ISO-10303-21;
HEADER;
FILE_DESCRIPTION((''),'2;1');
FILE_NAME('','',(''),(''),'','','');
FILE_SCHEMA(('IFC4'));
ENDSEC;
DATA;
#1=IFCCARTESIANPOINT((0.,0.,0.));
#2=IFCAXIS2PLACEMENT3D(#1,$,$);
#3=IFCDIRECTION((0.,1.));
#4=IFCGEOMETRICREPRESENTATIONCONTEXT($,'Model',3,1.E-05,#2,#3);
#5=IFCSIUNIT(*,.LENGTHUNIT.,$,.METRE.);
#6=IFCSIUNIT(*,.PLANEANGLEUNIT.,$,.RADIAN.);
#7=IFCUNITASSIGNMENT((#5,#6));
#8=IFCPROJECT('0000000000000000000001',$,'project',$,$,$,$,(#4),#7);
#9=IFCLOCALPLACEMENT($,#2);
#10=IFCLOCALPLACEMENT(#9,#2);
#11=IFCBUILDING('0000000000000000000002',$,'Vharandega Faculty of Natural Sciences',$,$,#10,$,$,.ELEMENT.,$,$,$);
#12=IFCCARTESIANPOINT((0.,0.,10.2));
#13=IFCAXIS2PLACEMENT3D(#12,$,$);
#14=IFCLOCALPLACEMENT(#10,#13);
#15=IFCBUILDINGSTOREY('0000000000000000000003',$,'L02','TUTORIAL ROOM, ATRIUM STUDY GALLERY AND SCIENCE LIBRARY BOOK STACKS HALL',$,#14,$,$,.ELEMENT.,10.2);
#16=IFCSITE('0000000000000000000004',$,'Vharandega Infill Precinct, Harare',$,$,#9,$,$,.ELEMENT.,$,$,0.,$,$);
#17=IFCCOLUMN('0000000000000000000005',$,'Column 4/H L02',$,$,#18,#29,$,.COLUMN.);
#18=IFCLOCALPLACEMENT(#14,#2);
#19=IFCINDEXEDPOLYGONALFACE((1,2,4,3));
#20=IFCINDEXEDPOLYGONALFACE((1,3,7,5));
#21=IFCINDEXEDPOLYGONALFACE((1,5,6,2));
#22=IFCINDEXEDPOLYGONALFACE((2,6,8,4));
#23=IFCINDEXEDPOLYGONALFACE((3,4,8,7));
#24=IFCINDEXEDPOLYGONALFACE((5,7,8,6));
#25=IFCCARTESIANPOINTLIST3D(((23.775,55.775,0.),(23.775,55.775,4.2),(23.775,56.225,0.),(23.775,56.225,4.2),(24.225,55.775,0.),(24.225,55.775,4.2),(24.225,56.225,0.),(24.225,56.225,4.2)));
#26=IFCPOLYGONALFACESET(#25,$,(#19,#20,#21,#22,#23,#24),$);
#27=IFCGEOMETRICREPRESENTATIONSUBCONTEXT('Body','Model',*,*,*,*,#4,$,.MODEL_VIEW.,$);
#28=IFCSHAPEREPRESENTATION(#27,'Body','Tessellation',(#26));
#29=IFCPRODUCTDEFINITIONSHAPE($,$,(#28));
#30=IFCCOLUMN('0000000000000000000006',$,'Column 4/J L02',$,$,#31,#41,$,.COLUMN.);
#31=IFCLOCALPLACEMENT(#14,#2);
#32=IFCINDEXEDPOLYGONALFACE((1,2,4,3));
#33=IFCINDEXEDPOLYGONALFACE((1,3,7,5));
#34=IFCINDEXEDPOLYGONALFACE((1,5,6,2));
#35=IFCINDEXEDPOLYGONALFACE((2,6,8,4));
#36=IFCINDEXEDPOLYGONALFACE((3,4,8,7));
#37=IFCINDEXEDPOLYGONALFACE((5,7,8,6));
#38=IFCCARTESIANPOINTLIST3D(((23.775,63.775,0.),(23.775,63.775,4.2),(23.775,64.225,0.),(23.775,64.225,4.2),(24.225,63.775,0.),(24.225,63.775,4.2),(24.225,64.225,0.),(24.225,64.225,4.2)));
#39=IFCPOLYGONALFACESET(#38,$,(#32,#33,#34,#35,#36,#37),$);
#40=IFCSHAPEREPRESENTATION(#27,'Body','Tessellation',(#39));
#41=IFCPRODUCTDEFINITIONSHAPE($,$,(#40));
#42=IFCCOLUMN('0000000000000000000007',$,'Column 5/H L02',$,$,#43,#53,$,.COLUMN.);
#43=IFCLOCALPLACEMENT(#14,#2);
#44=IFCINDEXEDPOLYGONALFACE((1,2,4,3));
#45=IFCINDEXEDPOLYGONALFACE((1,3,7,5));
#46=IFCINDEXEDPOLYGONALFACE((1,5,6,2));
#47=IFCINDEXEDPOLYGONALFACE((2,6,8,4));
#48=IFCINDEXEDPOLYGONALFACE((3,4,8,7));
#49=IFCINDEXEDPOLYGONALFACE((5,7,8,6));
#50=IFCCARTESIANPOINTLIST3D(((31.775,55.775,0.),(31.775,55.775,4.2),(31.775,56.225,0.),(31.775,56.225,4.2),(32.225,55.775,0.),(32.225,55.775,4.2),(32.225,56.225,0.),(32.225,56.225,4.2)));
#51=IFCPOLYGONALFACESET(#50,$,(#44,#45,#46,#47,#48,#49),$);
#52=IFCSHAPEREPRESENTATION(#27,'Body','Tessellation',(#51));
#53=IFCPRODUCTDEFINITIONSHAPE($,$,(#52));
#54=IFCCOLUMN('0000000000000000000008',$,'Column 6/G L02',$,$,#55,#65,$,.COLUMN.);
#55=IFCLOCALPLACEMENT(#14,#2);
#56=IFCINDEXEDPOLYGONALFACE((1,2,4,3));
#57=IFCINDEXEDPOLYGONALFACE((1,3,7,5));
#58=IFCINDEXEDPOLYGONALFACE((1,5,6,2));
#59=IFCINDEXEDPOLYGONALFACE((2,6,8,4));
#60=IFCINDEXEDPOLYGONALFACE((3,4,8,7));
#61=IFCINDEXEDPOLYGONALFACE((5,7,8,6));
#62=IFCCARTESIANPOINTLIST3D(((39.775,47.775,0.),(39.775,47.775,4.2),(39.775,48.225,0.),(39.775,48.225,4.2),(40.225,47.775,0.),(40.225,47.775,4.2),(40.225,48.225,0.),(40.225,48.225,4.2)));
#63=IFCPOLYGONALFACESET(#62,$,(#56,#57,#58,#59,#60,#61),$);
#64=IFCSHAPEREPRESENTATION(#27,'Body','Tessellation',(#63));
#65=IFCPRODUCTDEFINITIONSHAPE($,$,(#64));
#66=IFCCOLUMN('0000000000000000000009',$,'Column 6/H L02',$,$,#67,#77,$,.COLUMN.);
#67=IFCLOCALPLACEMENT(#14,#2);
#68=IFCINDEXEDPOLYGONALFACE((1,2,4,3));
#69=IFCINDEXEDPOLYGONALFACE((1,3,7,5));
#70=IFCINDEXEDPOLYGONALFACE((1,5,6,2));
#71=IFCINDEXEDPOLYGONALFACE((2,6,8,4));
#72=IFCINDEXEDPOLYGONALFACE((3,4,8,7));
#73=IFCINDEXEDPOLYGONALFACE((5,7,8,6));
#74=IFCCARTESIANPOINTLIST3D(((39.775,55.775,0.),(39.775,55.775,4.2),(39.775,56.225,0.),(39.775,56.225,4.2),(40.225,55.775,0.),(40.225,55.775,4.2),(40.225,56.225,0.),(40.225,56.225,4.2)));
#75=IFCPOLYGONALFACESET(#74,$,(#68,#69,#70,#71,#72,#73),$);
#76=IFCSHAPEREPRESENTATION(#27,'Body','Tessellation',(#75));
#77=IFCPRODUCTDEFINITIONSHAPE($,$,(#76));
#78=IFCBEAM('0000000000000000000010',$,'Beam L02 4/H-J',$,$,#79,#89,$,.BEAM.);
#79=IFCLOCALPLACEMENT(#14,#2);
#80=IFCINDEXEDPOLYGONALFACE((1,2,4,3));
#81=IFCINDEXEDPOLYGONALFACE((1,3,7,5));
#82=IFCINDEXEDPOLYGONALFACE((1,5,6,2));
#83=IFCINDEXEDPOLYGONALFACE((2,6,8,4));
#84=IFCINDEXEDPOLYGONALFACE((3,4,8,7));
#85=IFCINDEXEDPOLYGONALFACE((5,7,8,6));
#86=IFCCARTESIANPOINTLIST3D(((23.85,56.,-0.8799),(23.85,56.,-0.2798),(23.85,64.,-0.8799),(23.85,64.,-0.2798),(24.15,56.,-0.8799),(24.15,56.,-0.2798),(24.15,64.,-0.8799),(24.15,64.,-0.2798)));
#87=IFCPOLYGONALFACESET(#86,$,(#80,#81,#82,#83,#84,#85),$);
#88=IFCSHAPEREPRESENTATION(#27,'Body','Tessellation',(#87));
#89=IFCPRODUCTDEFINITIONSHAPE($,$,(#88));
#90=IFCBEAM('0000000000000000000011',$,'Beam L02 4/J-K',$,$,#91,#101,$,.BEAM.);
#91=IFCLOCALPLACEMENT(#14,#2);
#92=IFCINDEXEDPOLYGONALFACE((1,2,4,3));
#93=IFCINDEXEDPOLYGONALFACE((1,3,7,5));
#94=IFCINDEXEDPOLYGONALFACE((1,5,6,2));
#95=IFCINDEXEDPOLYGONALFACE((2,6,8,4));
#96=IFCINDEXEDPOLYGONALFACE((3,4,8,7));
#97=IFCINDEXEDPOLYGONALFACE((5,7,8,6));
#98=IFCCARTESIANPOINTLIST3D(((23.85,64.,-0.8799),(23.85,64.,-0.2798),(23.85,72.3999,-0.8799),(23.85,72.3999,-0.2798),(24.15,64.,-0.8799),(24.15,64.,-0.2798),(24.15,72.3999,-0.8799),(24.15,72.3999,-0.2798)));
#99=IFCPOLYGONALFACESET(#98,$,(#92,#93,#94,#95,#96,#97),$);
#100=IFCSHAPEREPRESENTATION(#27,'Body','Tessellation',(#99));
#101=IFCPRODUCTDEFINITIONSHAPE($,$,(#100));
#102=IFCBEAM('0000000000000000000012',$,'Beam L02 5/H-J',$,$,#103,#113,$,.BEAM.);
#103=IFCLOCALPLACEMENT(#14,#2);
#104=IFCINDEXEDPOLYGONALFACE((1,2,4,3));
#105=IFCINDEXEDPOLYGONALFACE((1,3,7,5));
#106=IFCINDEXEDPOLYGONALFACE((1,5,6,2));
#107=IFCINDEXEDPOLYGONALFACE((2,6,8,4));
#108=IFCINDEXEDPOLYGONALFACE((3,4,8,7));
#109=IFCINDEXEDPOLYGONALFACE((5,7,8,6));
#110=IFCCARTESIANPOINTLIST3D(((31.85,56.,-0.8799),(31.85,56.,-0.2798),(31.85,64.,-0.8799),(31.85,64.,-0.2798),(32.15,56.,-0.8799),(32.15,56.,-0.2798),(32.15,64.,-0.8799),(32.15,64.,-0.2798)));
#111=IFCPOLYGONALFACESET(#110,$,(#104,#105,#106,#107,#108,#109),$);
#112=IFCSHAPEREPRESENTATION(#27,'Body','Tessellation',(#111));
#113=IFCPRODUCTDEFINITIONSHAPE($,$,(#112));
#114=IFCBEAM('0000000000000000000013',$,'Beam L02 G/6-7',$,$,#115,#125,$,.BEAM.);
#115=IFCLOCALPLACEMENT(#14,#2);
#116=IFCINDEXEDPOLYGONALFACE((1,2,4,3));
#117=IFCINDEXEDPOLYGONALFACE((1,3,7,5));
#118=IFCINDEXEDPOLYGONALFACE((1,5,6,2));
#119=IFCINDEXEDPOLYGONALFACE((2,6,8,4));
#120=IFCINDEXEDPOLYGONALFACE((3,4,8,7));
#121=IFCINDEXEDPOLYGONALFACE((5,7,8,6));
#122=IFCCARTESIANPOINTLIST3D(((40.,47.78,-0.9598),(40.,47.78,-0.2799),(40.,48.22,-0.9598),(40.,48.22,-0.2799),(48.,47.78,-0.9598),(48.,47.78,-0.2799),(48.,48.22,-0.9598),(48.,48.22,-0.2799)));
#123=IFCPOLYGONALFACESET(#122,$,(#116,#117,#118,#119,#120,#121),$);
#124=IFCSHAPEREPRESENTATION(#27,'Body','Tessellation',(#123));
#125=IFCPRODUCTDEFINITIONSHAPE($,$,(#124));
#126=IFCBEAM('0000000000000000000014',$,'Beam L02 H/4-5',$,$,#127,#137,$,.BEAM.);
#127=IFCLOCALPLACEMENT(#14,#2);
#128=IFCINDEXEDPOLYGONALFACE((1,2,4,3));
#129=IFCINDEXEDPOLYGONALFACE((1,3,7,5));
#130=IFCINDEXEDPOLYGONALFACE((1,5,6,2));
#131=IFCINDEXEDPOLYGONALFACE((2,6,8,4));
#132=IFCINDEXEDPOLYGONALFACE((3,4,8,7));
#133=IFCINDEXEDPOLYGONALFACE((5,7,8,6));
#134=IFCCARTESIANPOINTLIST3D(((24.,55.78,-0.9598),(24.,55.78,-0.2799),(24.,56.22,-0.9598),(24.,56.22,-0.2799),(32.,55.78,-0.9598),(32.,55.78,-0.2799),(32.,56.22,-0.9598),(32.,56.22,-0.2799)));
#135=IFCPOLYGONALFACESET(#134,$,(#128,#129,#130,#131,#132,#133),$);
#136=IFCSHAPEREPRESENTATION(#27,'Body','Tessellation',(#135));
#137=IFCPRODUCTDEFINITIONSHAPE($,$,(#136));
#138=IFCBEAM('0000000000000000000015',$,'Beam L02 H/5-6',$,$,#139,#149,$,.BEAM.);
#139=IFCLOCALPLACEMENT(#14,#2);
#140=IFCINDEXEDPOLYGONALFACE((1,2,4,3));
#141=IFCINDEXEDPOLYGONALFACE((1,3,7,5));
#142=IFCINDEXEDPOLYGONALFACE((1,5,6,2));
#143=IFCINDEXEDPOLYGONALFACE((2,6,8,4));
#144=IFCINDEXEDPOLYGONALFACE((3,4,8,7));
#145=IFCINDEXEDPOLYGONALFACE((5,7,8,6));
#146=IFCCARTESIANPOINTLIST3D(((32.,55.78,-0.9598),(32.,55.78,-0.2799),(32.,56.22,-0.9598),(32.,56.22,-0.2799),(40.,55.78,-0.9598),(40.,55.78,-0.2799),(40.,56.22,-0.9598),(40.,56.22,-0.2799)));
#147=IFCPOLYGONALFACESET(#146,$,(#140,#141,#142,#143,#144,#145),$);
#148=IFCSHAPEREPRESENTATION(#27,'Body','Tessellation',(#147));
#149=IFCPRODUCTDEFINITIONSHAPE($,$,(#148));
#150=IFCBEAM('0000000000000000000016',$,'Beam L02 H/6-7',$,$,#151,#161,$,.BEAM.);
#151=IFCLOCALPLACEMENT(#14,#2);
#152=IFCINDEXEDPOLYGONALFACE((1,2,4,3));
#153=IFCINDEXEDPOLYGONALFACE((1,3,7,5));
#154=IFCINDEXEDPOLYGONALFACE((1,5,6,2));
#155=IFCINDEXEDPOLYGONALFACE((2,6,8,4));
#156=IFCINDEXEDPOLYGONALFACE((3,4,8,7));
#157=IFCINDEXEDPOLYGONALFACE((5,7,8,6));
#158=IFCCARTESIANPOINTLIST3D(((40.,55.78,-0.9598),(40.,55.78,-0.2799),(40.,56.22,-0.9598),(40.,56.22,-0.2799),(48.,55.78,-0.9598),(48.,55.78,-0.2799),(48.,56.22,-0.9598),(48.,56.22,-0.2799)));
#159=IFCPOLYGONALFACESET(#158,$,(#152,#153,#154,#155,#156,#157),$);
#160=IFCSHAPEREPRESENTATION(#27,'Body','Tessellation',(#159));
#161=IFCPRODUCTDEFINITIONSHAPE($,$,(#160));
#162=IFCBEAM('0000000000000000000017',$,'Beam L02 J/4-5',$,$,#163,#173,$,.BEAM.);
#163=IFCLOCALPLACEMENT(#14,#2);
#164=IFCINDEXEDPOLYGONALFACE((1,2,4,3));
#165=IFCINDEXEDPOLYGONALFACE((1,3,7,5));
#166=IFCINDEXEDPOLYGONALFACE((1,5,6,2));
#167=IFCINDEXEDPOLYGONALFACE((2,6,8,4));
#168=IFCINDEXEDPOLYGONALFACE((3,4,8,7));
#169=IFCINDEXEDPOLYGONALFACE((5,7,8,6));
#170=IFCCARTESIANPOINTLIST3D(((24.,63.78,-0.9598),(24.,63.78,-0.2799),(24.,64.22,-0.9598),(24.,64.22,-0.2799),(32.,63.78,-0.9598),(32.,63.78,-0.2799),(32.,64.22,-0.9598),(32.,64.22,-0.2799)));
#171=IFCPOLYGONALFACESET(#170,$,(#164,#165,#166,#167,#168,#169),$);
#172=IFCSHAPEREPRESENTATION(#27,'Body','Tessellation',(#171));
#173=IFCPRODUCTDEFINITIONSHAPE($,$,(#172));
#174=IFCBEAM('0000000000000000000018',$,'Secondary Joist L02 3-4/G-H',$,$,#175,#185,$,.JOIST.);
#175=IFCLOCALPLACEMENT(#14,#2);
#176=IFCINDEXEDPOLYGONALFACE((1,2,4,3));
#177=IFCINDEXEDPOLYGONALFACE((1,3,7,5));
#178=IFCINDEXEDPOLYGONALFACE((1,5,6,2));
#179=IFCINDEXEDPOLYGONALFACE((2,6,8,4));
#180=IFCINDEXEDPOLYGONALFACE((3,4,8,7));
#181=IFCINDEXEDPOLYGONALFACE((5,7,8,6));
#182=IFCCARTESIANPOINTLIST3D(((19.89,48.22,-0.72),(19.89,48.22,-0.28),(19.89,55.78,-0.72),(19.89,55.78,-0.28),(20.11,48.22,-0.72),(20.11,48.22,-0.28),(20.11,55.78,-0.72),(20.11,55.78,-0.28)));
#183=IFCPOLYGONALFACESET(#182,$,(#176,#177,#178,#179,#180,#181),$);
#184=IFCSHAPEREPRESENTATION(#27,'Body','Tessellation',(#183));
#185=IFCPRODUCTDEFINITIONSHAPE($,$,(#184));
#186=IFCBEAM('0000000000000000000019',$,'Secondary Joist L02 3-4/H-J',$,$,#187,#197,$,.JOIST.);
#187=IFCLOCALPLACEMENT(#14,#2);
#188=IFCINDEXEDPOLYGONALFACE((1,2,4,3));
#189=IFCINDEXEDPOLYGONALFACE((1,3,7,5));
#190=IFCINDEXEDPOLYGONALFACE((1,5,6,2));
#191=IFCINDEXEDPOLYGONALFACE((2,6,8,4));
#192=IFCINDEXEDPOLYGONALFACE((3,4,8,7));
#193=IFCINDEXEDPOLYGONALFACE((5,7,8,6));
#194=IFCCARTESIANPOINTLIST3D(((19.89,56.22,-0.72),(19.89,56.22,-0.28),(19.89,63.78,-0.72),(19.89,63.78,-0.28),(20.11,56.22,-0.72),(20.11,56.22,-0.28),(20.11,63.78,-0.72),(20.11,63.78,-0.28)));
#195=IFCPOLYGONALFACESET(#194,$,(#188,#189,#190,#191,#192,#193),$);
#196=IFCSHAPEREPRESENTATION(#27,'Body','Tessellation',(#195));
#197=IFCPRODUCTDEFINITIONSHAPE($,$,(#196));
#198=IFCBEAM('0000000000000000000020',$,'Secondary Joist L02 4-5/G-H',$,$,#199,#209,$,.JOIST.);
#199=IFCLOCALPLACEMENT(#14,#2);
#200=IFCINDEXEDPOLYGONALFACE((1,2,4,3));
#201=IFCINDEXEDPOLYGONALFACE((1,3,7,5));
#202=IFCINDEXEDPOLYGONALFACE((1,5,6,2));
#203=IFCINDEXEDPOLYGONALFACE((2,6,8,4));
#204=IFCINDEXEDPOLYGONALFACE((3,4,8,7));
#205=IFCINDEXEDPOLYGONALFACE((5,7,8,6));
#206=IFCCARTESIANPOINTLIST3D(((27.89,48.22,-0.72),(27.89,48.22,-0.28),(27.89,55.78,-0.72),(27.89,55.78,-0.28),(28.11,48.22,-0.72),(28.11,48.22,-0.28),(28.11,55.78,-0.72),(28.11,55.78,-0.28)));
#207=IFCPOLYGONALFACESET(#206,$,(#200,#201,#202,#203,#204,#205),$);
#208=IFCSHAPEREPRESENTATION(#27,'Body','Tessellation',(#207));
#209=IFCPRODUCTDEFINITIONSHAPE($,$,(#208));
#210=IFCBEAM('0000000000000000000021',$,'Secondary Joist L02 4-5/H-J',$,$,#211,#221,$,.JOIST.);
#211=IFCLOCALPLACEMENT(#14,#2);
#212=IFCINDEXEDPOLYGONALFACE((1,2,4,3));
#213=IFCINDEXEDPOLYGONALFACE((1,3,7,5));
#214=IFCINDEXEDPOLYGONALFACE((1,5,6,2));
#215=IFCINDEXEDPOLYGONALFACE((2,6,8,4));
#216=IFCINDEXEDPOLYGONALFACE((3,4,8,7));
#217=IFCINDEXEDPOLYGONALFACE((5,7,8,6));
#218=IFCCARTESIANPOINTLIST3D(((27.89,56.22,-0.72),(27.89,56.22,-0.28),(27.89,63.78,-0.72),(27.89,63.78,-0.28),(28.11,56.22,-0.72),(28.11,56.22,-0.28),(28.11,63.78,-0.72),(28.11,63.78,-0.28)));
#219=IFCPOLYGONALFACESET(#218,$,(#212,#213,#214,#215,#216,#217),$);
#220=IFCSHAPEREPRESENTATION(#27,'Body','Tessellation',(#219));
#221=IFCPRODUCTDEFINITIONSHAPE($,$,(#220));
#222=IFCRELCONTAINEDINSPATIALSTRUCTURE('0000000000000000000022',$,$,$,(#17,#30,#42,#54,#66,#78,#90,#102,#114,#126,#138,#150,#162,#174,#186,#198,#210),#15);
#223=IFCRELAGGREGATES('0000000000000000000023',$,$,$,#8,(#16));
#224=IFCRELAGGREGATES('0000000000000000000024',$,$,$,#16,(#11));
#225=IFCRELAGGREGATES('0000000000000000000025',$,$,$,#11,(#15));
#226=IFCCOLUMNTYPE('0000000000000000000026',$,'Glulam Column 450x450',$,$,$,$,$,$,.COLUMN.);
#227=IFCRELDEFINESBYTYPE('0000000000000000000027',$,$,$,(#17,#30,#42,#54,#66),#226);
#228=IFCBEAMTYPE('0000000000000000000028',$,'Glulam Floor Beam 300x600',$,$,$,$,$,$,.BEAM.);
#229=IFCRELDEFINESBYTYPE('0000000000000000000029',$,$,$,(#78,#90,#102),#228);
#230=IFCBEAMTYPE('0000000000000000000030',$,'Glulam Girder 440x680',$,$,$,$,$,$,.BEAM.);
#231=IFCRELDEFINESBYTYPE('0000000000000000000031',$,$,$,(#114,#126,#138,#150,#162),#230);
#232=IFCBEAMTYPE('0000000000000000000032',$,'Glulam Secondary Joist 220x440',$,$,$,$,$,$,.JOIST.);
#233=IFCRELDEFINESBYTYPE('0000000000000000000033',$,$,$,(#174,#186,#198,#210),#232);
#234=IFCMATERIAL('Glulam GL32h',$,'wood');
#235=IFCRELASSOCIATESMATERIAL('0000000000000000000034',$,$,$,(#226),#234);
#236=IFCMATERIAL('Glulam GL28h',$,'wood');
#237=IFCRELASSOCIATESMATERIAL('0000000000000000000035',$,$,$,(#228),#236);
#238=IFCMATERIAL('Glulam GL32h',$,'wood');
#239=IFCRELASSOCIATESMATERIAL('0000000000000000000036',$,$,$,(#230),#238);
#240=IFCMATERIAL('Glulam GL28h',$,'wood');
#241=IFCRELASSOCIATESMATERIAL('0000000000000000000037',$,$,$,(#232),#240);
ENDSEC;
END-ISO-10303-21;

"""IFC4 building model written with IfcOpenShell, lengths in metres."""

from ifc_helpers import new_model, si_unit, direction, frame, origin, origin_2d, place, context, subcontext, project, spatial, rectangle, extrude, material, material_profile, profile_set, type_object, element, save


model = new_model("IFC4")

# Units and contexts
model_context = context("Model", 3, precision=1e-05, world=origin(), true_north=direction((0.0, 1.0)))
body_context = subcontext(model_context, "Body", "Model", "MODEL_VIEW")
ifc_project = project(units=[si_unit("LENGTHUNIT", "METRE"), si_unit("PLANEANGLEUNIT", "RADIAN")], contexts=[model_context])

# Site, building, storey
site_placement = place(None, origin())
site = spatial("IfcSite", under=ifc_project, at=site_placement, Name="Vharandega Infill Precinct, Harare", CompositionType="ELEMENT", RefElevation=0.0)
building_placement = place(site_placement, origin())
building = spatial("IfcBuilding", under=site, at=building_placement, Name="Vharandega Faculty of Natural Sciences", CompositionType="ELEMENT")
storey_placement = place(building_placement, frame((0.0, 0.0, 10.2)))
storey = spatial("IfcBuildingStorey", under=building, at=storey_placement, Name="L02", Description="TUTORIAL ROOM, ATRIUM STUDY GALLERY AND SCIENCE LIBRARY BOOK STACKS HALL", CompositionType="ELEMENT", Elevation=10.2)

# Columns
ifc_material_1 = material(Name="Glulam GL32h", Category="wood")
ifc_material_profile_1 = material_profile(ifc_material_1, rectangle(XDim=0.45, YDim=0.45, at=origin_2d()), Name="GL32h 450x450")
ifc_profile_set_1 = profile_set([ifc_material_profile_1], Name="Glulam GL32h")
column_type = type_object("IfcColumnType", Name="Glulam Column 450x450", PredefinedType="COLUMN", material=ifc_profile_set_1)
for number, where, z_axis, x_axis, name in (
    (1, (24.0, 56.0, 0.0), (0.0, 0.0, 1.0), (1.0, 0.0, 0.0), "Column 4/H L02"),
    (2, (24.0, 64.0, 0.0), (0.0, 0.0, 1.0), (1.0, 0.0, 0.0), "Column 4/J L02"),
    (3, (32.0, 56.0, 0.0), (0.0, 0.0, 1.0), (1.0, 0.0, 0.0), "Column 5/H L02"),
    (4, (40.0, 48.0, 0.0), (0.0, 0.0, 1.0), (1.0, 0.0, 0.0), "Column 6/G L02"),
    (5, (40.0, 56.0, 0.0), (0.0, 0.0, 1.0), (1.0, 0.0, 0.0), "Column 6/H L02"),
):
    element("IfcColumn", number, at=place(storey_placement, frame(where, z_axis=z_axis, x_axis=x_axis)), inside=storey, type_object=column_type, Name=name, PredefinedType="COLUMN", context=body_context, shape_type="SweptSolid", body=[
        extrude(rectangle(XDim=0.45, YDim=0.45, at=origin_2d()), origin(), (0.0, 0.0, 1.0), 4.2),
    ])

# Beams
ifc_material_2 = material(Name="Glulam GL28h", Category="wood")
ifc_material_profile_2 = material_profile(ifc_material_2, rectangle(XDim=0.3, YDim=0.6001, at=origin_2d()), Name="GL28h 300x600")
ifc_profile_set_2 = profile_set([ifc_material_profile_2], Name="Glulam GL28h")
beam_type_1 = type_object("IfcBeamType", Name="Glulam Floor Beam 300x600", PredefinedType="BEAM", material=ifc_profile_set_2)
beam_1_placement = place(storey_placement, frame((24.0, 56.0, -0.5798), z_axis=(0.0, 1.0, 0.0), x_axis=(-1.0, 0.0, 0.0)))
element("IfcBeam", 6, at=beam_1_placement, inside=storey, type_object=beam_type_1, Name="Beam L02 4/H-J", PredefinedType="BEAM", context=body_context, shape_type="SweptSolid", body=[
    extrude(rectangle(XDim=0.3, YDim=0.6001, at=origin_2d()), origin(), (0.0, 0.0, 1.0), 8.0),
])
beam_2_placement = place(storey_placement, frame((24.0, 64.0, -0.5798), z_axis=(0.0, 1.0, 0.0), x_axis=(-1.0, 0.0, 0.0)))
element("IfcBeam", 7, at=beam_2_placement, inside=storey, type_object=beam_type_1, Name="Beam L02 4/J-K", PredefinedType="BEAM", context=body_context, shape_type="SweptSolid", body=[
    extrude(rectangle(XDim=0.3, YDim=0.6001, at=origin_2d()), origin(), (0.0, 0.0, 1.0), 8.3999),
])
beam_3_placement = place(storey_placement, frame((32.0, 56.0, -0.5798), z_axis=(0.0, 1.0, 0.0), x_axis=(-1.0, 0.0, 0.0)))
element("IfcBeam", 8, at=beam_3_placement, inside=storey, type_object=beam_type_1, Name="Beam L02 5/H-J", PredefinedType="BEAM", context=body_context, shape_type="SweptSolid", body=[
    extrude(rectangle(XDim=0.3, YDim=0.6001, at=origin_2d()), origin(), (0.0, 0.0, 1.0), 8.0),
])
ifc_material_3 = material(Name="Glulam GL32h", Category="wood")
ifc_material_profile_3 = material_profile(ifc_material_3, rectangle(XDim=0.4399, YDim=0.6799, at=origin_2d()), Name="GL32h 440x680")
ifc_profile_set_3 = profile_set([ifc_material_profile_3], Name="Glulam GL32h")
beam_type_2 = type_object("IfcBeamType", Name="Glulam Girder 440x680", PredefinedType="BEAM", material=ifc_profile_set_3)
for number, where, z_axis, x_axis, name in (
    (9, (40.0, 48.0, -0.6199), (1.0, 0.0, 0.0), (0.0, 1.0, 0.0), "Beam L02 G/6-7"),
    (10, (24.0, 56.0, -0.6199), (1.0, 0.0, 0.0), (0.0, 1.0, 0.0), "Beam L02 H/4-5"),
    (11, (32.0, 56.0, -0.6199), (1.0, 0.0, 0.0), (0.0, 1.0, 0.0), "Beam L02 H/5-6"),
    (12, (40.0, 56.0, -0.6199), (1.0, 0.0, 0.0), (0.0, 1.0, 0.0), "Beam L02 H/6-7"),
    (13, (24.0, 64.0, -0.6199), (1.0, 0.0, 0.0), (0.0, 1.0, 0.0), "Beam L02 J/4-5"),
):
    element("IfcBeam", number, at=place(storey_placement, frame(where, z_axis=z_axis, x_axis=x_axis)), inside=storey, type_object=beam_type_2, Name=name, PredefinedType="BEAM", context=body_context, shape_type="SweptSolid", body=[
        extrude(rectangle(XDim=0.4399, YDim=0.6799, at=origin_2d()), origin(), (0.0, 0.0, 1.0), 8.0),
    ])
ifc_material_4 = material(Name="Glulam GL28h", Category="wood")
ifc_material_profile_4 = material_profile(ifc_material_4, rectangle(XDim=0.22, YDim=0.4399, at=origin_2d()), Name="GL28h 220x440")
ifc_profile_set_4 = profile_set([ifc_material_profile_4], Name="Glulam GL28h")
beam_type_3 = type_object("IfcBeamType", Name="Glulam Secondary Joist 220x440", PredefinedType="JOIST", material=ifc_profile_set_4)
for number, where, z_axis, x_axis, name in (
    (14, (20.0, 48.22, -0.5), (0.0, 1.0, 0.0), (-1.0, 0.0, 0.0), "Secondary Joist L02 3-4/G-H"),
    (15, (20.0, 56.22, -0.5), (0.0, 1.0, 0.0), (-1.0, 0.0, 0.0), "Secondary Joist L02 3-4/H-J"),
    (16, (28.0, 48.22, -0.5), (0.0, 1.0, 0.0), (-1.0, 0.0, 0.0), "Secondary Joist L02 4-5/G-H"),
    (17, (28.0, 56.22, -0.5), (0.0, 1.0, 0.0), (-1.0, 0.0, 0.0), "Secondary Joist L02 4-5/H-J"),
):
    element("IfcBeam", number, at=place(storey_placement, frame(where, z_axis=z_axis, x_axis=x_axis)), inside=storey, type_object=beam_type_3, Name=name, PredefinedType="JOIST", context=body_context, shape_type="SweptSolid", body=[
        extrude(rectangle(XDim=0.22, YDim=0.4399, at=origin_2d()), origin(), (0.0, 0.0, 1.0), 7.5601),
    ])

save(model, "model.ifc")
